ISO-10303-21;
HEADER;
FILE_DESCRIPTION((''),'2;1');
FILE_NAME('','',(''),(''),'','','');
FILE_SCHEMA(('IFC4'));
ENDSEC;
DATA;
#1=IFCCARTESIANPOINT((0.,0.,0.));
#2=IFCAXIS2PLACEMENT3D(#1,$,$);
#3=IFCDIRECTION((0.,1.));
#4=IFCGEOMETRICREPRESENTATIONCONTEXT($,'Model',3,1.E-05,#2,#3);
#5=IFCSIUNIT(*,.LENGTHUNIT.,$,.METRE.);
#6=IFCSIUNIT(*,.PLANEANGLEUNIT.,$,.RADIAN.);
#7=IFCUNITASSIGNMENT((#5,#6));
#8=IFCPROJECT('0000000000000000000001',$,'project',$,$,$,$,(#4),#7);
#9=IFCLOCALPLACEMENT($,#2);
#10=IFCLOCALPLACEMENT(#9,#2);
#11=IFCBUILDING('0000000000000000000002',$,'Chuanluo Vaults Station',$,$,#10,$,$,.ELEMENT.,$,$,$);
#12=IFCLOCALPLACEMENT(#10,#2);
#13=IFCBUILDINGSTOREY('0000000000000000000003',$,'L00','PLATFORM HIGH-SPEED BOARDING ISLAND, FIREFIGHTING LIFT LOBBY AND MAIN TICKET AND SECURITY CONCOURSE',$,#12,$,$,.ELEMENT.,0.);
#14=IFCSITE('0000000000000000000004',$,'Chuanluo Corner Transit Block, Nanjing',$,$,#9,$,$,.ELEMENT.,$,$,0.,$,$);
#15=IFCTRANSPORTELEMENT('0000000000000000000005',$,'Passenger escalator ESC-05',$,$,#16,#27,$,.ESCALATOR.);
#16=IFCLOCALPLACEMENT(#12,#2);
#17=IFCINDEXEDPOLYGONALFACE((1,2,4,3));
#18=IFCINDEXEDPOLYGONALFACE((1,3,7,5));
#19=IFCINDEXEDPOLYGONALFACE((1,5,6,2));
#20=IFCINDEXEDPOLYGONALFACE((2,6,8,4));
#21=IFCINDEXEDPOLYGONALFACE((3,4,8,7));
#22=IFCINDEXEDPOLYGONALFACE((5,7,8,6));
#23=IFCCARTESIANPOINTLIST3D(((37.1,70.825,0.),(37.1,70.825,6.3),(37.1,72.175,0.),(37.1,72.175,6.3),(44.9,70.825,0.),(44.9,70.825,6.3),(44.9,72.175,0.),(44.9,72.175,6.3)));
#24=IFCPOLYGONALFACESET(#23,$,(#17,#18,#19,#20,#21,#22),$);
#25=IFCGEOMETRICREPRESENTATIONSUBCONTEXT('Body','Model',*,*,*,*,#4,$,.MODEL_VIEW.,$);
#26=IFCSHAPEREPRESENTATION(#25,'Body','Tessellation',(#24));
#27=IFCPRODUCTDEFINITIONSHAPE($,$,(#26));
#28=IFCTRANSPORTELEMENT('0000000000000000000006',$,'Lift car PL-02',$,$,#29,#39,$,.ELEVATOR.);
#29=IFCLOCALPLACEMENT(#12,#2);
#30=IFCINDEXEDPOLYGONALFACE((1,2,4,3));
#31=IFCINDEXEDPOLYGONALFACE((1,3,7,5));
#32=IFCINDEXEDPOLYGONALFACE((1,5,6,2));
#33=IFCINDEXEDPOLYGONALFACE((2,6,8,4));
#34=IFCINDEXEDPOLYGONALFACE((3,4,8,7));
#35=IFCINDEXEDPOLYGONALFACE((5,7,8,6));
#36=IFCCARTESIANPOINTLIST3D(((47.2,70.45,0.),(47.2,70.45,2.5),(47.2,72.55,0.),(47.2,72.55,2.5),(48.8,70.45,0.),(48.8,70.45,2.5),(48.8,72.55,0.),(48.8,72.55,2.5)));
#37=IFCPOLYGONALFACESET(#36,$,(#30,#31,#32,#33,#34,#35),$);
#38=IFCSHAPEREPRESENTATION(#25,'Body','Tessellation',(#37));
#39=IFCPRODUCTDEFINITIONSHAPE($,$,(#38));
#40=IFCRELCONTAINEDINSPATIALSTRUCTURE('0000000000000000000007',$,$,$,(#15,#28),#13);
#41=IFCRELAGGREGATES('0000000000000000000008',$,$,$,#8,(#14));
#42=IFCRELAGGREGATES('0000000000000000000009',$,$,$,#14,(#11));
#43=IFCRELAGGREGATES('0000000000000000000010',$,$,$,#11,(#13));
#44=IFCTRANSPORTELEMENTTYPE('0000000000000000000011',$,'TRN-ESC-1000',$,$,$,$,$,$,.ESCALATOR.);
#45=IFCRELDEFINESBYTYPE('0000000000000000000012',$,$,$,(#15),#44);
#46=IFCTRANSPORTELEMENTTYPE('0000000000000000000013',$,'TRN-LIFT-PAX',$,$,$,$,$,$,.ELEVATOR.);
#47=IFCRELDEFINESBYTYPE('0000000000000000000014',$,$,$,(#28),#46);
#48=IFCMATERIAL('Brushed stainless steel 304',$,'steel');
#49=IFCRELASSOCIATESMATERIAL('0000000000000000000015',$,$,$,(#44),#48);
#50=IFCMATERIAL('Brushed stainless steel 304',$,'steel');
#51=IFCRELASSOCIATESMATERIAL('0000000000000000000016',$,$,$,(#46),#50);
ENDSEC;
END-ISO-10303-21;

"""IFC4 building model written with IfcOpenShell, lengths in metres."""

from ifc_helpers import new_model, si_unit, direction, frame, origin, origin_2d, place, context, subcontext, project, spatial, rectangle, extrude, material, type_object, element, save


model = new_model("IFC4")

# Units and contexts
model_context = context("Model", 3, precision=1e-05, world=origin(), true_north=direction((0.0, 1.0)))
body_context = subcontext(model_context, "Body", "Model", "MODEL_VIEW")
ifc_project = project(units=[si_unit("LENGTHUNIT", "METRE"), si_unit("PLANEANGLEUNIT", "RADIAN")], contexts=[model_context])

# Site, building, storey
site_placement = place(None, origin())
site = spatial("IfcSite", under=ifc_project, at=site_placement, Name="Chuanluo Corner Transit Block, Nanjing", CompositionType="ELEMENT", RefElevation=0.0)
building_placement = place(site_placement, origin())
building = spatial("IfcBuilding", under=site, at=building_placement, Name="Chuanluo Vaults Station", CompositionType="ELEMENT")
storey_placement = place(building_placement, origin())
storey = spatial("IfcBuildingStorey", under=building, at=storey_placement, Name="L00", Description="PLATFORM HIGH-SPEED BOARDING ISLAND, FIREFIGHTING LIFT LOBBY AND MAIN TICKET AND SECURITY CONCOURSE", CompositionType="ELEMENT", Elevation=0.0)

# Transport elements
ifc_material_1 = material(Name="Brushed stainless steel 304", Category="steel")
transport_element_type_1 = type_object("IfcTransportElementType", Name="TRN-ESC-1000", PredefinedType="ESCALATOR", material=ifc_material_1)
transport_element_1_placement = place(storey_placement, frame((41.0, 71.5, 0.0), z_axis=(0.0, 0.0, 1.0), x_axis=(1.0, 0.0, 0.0)))
element("IfcTransportElement", 1, at=transport_element_1_placement, inside=storey, type_object=transport_element_type_1, Name="Passenger escalator ESC-05", PredefinedType="ESCALATOR", context=body_context, shape_type="SweptSolid", body=[
    extrude(rectangle(XDim=7.8, YDim=1.3501, at=origin_2d()), origin(), (0.0, 0.0, 1.0), 6.3),
])
ifc_material_2 = material(Name="Brushed stainless steel 304", Category="steel")
transport_element_type_2 = type_object("IfcTransportElementType", Name="TRN-LIFT-PAX", PredefinedType="ELEVATOR", material=ifc_material_2)
transport_element_2_placement = place(storey_placement, frame((48.0, 71.5, 0.0), z_axis=(0.0, 0.0, 1.0), x_axis=(1.0, 0.0, 0.0)))
element("IfcTransportElement", 2, at=transport_element_2_placement, inside=storey, type_object=transport_element_type_2, Name="Lift car PL-02", PredefinedType="ELEVATOR", context=body_context, shape_type="SweptSolid", body=[
    extrude(rectangle(XDim=1.6001, YDim=2.1001, at=origin_2d()), origin(), (0.0, 0.0, 1.0), 2.5),
])

save(model, "model.ifc")
